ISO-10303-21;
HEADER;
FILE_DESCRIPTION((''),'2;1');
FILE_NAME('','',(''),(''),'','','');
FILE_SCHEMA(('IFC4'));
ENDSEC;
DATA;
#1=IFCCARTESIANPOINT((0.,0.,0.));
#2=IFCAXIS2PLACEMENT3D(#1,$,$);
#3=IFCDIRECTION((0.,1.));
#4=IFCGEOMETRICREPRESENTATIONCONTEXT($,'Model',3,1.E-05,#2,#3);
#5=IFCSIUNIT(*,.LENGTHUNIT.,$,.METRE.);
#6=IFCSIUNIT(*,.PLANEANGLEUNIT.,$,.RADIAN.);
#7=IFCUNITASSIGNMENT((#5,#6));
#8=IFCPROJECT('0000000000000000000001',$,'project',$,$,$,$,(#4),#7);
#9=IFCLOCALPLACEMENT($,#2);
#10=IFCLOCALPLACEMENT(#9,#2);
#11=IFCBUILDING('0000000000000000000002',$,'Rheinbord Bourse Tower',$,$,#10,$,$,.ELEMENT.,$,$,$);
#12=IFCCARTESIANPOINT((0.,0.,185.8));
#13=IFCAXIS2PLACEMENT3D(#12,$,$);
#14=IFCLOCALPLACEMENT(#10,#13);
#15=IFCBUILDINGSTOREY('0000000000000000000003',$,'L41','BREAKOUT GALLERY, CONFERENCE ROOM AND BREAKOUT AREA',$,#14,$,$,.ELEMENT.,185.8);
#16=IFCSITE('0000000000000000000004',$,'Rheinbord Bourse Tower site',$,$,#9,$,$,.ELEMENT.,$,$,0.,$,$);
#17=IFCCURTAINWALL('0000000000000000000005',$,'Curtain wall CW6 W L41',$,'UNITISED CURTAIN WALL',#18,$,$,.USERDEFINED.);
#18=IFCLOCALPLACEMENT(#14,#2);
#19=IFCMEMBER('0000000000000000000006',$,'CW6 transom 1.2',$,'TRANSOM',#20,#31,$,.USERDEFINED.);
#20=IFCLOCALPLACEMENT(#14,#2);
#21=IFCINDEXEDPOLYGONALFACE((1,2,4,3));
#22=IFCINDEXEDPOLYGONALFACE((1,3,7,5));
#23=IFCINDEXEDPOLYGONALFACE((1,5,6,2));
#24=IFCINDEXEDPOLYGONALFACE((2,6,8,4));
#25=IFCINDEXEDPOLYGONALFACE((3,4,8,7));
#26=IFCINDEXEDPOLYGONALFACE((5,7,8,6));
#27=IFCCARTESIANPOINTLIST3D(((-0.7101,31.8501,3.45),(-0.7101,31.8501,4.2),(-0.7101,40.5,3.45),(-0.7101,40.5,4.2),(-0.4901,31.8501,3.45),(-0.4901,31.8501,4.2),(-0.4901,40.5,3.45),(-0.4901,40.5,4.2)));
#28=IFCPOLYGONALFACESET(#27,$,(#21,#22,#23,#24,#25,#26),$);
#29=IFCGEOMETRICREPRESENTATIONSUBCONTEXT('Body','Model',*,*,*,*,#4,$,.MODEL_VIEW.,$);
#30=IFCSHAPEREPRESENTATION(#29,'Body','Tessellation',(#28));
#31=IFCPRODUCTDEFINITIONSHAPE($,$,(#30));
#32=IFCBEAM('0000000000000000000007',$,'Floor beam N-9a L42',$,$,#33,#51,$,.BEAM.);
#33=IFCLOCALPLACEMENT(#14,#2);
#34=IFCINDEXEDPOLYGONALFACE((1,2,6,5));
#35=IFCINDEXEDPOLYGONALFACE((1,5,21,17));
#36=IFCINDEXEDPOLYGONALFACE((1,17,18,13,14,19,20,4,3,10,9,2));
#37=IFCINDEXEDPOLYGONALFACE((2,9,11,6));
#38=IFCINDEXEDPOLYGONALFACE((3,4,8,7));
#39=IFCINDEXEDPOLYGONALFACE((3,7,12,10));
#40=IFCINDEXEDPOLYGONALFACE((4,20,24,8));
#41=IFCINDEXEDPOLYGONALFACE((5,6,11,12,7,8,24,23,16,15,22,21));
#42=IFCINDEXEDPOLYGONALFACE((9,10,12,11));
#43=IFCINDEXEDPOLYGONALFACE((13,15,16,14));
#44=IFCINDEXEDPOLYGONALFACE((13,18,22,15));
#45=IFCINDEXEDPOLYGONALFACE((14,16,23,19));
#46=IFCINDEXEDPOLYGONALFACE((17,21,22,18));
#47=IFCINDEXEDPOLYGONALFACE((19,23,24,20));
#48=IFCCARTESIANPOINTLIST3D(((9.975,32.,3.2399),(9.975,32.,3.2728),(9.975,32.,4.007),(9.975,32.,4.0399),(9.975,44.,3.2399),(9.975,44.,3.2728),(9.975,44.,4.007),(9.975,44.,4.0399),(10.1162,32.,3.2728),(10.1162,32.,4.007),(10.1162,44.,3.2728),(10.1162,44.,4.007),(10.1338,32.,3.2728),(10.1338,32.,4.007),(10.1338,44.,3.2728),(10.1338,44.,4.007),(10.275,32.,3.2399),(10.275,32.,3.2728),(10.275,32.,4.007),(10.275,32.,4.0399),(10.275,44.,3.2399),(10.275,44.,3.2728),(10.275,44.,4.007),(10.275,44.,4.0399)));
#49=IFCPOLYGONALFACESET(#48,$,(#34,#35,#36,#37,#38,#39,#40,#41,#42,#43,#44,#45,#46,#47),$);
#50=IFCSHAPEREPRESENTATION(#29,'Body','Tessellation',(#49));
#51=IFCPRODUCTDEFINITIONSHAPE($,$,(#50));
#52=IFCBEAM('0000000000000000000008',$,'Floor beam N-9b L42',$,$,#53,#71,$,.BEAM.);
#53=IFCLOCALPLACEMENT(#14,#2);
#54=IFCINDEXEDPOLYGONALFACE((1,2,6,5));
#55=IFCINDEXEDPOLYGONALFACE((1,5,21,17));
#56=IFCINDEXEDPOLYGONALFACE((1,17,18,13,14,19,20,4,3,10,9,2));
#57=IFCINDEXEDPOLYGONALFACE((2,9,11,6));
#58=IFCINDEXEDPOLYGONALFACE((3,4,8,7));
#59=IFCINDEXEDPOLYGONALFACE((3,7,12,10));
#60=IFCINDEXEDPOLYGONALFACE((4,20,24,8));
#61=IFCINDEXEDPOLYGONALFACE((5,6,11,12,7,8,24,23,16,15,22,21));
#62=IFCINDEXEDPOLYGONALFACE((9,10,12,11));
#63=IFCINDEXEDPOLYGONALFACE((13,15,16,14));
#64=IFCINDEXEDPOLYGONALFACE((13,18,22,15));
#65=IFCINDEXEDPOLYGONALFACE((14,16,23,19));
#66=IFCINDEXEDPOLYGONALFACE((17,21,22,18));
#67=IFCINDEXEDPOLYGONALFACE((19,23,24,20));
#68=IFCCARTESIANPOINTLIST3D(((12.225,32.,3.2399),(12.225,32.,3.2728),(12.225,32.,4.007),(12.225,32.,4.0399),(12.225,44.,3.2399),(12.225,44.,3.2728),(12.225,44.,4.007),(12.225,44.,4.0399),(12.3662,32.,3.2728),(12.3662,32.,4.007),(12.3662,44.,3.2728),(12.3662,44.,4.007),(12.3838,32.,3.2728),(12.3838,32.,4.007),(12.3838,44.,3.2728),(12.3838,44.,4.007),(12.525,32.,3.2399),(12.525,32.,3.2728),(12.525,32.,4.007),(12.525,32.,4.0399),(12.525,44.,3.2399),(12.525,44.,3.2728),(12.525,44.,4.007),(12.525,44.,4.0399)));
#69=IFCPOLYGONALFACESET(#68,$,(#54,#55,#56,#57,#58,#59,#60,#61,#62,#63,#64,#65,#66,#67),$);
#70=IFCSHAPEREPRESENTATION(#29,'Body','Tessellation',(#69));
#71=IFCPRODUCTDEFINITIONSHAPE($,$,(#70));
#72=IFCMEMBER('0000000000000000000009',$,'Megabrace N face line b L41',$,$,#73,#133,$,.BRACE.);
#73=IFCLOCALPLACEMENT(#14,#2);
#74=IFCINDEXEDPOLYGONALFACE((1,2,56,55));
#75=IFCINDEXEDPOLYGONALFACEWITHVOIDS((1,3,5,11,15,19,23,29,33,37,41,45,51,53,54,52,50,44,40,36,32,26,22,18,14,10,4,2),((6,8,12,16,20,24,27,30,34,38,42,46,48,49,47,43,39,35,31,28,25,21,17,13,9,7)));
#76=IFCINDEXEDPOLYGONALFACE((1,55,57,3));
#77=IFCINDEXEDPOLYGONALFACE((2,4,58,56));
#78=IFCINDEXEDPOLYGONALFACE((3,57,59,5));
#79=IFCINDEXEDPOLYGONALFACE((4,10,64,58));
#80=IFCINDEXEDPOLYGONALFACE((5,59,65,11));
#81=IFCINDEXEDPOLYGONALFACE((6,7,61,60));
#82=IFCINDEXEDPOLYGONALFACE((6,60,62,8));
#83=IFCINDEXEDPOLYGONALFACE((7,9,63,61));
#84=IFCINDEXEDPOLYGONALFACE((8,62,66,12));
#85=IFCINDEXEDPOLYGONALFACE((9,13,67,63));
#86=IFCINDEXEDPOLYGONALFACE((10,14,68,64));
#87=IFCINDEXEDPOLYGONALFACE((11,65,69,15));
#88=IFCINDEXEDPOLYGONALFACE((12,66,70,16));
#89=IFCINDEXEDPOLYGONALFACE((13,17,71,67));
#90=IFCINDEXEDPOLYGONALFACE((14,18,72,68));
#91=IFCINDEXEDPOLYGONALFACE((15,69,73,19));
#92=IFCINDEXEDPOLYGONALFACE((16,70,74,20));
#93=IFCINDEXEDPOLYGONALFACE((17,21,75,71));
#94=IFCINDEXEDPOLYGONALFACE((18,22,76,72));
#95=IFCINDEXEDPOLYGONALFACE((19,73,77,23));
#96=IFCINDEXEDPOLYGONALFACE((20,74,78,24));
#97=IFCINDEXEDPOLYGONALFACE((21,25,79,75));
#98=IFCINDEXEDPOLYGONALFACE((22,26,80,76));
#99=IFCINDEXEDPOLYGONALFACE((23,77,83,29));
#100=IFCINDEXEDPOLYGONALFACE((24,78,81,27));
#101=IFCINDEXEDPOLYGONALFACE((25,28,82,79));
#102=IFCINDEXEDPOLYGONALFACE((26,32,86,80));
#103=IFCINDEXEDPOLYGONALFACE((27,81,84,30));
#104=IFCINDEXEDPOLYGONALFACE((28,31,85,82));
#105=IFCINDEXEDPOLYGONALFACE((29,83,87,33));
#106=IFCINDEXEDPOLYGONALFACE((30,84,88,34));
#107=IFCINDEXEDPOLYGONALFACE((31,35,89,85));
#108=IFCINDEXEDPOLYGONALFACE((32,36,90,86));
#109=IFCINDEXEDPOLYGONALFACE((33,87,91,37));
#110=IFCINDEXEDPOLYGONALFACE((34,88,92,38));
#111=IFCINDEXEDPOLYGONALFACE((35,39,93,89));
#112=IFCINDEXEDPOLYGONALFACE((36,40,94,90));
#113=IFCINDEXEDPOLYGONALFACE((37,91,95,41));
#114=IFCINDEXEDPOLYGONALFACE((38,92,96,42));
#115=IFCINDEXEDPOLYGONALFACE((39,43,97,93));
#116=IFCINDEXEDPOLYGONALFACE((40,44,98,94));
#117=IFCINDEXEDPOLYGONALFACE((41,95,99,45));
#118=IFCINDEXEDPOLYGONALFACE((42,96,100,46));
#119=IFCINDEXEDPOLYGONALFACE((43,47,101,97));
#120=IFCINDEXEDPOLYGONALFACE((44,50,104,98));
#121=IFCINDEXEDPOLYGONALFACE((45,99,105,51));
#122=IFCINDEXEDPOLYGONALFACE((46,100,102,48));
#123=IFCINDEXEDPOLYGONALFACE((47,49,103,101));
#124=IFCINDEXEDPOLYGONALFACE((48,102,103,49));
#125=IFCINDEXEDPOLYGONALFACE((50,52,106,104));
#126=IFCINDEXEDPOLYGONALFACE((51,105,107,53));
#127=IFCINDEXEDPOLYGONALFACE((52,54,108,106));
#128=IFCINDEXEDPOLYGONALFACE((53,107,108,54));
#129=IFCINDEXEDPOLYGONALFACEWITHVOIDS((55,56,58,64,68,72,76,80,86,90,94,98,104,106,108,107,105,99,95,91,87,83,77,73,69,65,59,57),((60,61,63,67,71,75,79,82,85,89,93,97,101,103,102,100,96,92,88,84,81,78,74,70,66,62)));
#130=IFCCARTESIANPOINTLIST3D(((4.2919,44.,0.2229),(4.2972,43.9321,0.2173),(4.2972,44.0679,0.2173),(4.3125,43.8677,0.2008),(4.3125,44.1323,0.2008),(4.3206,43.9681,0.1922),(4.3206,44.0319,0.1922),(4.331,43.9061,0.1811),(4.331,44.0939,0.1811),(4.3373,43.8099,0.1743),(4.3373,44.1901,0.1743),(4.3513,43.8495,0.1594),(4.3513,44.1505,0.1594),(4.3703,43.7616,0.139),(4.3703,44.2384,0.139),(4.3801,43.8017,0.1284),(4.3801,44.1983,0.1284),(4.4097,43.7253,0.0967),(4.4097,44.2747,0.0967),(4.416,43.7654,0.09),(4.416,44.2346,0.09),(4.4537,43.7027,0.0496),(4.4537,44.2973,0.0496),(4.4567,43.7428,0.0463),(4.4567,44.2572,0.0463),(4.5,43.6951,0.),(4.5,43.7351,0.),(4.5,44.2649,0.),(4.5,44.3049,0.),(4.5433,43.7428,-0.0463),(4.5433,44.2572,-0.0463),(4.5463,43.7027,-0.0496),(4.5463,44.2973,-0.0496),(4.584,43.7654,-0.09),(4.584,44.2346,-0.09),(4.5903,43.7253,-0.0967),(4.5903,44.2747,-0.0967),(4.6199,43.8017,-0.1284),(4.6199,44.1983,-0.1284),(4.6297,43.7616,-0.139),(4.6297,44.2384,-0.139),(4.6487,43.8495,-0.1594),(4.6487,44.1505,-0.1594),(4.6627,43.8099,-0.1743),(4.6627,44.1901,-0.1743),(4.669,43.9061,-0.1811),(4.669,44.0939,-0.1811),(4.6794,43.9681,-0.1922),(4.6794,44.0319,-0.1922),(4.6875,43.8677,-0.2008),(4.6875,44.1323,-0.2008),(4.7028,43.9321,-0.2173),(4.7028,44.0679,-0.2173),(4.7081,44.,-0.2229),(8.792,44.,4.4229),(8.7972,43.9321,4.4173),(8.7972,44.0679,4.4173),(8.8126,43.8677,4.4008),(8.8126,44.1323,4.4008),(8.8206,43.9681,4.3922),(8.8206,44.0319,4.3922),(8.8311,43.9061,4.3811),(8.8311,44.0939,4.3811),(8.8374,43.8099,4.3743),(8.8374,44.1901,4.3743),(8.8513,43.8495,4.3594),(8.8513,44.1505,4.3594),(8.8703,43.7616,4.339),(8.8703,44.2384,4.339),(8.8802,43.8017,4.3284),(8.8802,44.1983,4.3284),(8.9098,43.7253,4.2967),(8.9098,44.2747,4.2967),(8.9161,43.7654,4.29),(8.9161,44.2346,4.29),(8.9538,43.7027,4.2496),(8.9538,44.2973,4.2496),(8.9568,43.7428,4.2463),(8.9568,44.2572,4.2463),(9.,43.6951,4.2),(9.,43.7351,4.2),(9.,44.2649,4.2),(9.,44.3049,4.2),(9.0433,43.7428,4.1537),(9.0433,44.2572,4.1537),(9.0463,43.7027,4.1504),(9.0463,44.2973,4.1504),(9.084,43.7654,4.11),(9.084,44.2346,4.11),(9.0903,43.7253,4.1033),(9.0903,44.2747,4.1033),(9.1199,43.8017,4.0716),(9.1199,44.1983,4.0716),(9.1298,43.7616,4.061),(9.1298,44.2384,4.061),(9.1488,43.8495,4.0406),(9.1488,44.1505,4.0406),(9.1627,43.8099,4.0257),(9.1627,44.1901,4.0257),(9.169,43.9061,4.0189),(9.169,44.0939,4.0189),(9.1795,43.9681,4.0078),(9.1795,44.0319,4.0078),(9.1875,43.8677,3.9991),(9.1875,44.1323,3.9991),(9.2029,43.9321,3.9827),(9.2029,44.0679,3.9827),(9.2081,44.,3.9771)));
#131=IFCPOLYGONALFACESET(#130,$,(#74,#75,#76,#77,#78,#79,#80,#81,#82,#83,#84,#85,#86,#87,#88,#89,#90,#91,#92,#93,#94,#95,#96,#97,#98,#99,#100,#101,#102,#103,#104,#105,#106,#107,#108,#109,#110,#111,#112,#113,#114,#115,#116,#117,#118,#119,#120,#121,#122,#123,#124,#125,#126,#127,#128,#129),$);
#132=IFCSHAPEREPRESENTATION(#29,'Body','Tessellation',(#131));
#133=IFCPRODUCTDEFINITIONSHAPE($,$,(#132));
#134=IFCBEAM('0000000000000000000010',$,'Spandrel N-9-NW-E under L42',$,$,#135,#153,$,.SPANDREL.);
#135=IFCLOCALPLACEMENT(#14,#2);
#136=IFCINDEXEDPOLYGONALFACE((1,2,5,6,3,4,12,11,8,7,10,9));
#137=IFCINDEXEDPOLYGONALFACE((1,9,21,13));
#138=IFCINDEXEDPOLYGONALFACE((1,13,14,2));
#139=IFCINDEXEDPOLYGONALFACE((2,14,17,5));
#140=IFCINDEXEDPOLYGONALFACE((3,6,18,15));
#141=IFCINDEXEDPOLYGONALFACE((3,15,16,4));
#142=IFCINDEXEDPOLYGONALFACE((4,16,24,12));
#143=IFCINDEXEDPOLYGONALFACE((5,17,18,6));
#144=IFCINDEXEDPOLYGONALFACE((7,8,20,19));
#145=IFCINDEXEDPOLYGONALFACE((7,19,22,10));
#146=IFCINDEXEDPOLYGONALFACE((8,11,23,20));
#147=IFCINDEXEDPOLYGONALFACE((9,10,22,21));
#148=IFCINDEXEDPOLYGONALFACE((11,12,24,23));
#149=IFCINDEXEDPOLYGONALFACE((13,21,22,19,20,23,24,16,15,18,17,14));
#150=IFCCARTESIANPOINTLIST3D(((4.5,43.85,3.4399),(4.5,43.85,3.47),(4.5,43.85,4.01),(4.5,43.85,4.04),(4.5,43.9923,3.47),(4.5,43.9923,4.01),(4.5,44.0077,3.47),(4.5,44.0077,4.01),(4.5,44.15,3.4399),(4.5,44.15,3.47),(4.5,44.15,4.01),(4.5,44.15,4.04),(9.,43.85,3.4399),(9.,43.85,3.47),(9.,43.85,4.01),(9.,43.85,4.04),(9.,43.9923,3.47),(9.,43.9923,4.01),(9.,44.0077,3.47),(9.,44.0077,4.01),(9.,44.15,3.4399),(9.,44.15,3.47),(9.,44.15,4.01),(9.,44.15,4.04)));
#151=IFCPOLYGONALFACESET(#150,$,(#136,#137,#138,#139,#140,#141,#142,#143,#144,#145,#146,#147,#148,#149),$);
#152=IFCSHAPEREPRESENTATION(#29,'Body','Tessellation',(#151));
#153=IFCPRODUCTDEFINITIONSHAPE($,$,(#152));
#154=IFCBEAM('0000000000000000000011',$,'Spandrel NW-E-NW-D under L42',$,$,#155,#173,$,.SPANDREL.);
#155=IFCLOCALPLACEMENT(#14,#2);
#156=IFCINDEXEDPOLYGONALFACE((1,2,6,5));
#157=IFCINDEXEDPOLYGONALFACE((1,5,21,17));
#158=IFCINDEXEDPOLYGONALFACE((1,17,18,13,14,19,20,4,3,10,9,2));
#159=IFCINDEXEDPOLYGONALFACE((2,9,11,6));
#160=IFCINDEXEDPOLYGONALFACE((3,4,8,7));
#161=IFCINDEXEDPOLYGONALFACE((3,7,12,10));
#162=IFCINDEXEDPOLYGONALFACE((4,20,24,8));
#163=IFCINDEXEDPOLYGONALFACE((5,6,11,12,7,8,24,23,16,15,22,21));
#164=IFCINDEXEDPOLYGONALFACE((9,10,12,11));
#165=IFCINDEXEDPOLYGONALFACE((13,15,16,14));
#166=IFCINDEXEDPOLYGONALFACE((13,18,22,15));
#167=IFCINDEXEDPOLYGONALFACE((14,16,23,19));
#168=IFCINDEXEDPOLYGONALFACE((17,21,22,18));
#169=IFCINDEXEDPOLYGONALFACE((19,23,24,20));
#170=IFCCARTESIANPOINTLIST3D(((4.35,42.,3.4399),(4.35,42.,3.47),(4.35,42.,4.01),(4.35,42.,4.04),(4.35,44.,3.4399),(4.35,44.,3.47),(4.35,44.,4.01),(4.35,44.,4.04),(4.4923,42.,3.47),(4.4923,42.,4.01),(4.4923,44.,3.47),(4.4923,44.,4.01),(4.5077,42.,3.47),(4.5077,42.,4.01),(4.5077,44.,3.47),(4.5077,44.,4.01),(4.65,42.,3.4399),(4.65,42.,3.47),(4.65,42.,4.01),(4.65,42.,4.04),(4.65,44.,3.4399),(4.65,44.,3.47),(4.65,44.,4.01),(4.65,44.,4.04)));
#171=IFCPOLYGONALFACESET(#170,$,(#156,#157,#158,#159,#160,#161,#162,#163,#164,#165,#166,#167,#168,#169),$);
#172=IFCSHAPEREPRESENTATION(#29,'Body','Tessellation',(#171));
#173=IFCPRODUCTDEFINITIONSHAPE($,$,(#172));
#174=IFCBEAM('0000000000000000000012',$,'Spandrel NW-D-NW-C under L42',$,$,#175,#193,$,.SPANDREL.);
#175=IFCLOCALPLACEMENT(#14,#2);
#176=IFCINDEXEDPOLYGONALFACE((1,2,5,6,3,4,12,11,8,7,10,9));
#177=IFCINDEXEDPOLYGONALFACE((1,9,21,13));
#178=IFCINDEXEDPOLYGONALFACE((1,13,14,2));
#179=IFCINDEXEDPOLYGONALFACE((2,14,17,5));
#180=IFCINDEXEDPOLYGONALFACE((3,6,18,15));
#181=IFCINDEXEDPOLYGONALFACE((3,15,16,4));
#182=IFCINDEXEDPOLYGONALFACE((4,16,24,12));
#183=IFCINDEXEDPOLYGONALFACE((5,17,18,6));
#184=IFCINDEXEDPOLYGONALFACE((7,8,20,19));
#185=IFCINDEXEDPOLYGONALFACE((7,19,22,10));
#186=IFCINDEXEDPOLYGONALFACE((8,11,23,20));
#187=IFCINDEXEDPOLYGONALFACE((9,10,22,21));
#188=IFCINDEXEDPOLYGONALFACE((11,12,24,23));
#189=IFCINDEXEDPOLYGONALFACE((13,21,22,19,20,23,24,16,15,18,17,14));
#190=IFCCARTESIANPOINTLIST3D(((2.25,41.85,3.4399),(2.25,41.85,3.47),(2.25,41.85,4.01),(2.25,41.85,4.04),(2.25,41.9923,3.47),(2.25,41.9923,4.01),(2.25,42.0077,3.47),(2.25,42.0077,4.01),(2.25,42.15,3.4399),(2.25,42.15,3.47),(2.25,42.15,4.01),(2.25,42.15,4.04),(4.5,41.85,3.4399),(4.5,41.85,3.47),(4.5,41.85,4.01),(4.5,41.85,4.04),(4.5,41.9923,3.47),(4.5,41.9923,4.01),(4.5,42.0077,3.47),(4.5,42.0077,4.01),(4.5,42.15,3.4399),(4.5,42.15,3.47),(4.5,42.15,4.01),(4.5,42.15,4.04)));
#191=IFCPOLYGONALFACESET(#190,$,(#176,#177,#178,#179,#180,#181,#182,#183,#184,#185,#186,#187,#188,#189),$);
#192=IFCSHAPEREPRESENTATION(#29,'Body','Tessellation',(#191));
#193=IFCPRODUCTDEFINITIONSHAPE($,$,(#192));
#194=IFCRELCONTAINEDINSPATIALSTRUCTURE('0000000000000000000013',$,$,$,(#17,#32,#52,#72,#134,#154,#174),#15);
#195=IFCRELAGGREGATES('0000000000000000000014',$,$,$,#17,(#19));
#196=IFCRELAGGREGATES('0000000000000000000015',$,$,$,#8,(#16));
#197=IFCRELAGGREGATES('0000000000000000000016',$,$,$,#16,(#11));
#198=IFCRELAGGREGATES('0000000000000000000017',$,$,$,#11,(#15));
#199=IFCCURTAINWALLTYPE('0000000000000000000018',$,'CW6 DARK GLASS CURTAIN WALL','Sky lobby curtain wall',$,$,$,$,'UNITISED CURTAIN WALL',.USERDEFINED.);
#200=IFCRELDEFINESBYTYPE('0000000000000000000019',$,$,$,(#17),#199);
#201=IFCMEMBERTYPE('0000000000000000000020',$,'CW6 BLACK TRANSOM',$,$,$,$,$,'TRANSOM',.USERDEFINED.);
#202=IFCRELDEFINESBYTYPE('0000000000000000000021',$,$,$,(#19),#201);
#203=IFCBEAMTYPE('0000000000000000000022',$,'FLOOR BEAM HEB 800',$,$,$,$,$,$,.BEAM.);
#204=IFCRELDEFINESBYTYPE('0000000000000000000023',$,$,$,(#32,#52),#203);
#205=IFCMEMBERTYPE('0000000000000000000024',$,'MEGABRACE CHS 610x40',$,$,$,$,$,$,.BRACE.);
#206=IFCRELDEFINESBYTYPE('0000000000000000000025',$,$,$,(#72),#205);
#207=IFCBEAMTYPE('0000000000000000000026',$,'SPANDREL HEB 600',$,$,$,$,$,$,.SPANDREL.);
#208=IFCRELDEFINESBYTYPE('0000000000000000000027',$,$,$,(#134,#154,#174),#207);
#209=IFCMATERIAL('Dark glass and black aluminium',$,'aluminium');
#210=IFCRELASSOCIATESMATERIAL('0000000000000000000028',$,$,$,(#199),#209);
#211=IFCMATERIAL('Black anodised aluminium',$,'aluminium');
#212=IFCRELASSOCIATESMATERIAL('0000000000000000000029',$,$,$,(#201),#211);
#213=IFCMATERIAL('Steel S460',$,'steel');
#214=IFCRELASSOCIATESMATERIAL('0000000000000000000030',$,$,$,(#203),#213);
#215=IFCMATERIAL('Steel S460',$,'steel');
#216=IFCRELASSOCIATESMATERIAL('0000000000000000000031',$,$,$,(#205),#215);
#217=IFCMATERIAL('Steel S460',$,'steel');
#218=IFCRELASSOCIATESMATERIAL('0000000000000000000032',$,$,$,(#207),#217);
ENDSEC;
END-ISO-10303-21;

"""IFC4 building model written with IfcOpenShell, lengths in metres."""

from ifc_helpers import new_model, si_unit, direction, frame, origin, origin_2d, place, context, subcontext, project, spatial, rectangle, hollow_circle, i_section, extrude, material, material_profile, profile_set, type_object, element, aggregate, save


model = new_model("IFC4")

# Units and contexts
model_context = context("Model", 3, precision=1e-05, world=origin(), true_north=direction((0.0, 1.0)))
body_context = subcontext(model_context, "Body", "Model", "MODEL_VIEW")
ifc_project = project(units=[si_unit("LENGTHUNIT", "METRE"), si_unit("PLANEANGLEUNIT", "RADIAN")], contexts=[model_context])

# Site, building, storey
site_placement = place(None, origin())
site = spatial("IfcSite", under=ifc_project, at=site_placement, Name="Rheinbord Bourse Tower site", CompositionType="ELEMENT", RefElevation=0.0)
building_placement = place(site_placement, origin())
building = spatial("IfcBuilding", under=site, at=building_placement, Name="Rheinbord Bourse Tower", CompositionType="ELEMENT")
storey_placement = place(building_placement, frame((0.0, 0.0, 185.8)))
storey = spatial("IfcBuildingStorey", under=building, at=storey_placement, Name="L41", Description="BREAKOUT GALLERY, CONFERENCE ROOM AND BREAKOUT AREA", CompositionType="ELEMENT", Elevation=185.8)

# Shared definitions
ifc_material_1 = material(Name="Dark glass and black aluminium", Category="aluminium")
curtain_wall_type = type_object("IfcCurtainWallType", Name="CW6 DARK GLASS CURTAIN WALL", Description="Sky lobby curtain wall", ElementType="UNITISED CURTAIN WALL", PredefinedType="USERDEFINED", material=ifc_material_1)

# Curtain wall
curtain_wall_1_placement = place(storey_placement, origin())
curtain_wall_1 = element("IfcCurtainWall", 1, at=curtain_wall_1_placement, inside=storey, type_object=curtain_wall_type, Name="Curtain wall CW6 W L41", ObjectType="UNITISED CURTAIN WALL", PredefinedType="USERDEFINED")

# Member
ifc_material_2 = material(Name="Black anodised aluminium", Category="aluminium")
ifc_material_profile_1 = material_profile(ifc_material_2, rectangle(XDim=0.22, YDim=0.75, at=origin_2d()), Name="CW6 TRANSOM 750x220")
ifc_profile_set_1 = profile_set([ifc_material_profile_1], Name="Black anodised aluminium")
member_type_1 = type_object("IfcMemberType", Name="CW6 BLACK TRANSOM", ElementType="TRANSOM", PredefinedType="USERDEFINED", material=ifc_profile_set_1)
member_1_placement = place(storey_placement, frame((-0.6001, 40.5, 3.825), z_axis=(0.0, -1.0, 0.0), x_axis=(1.0, 0.0, 0.0)))
member_1 = element("IfcMember", 2, at=member_1_placement, type_object=member_type_1, Name="CW6 transom 1.2", ObjectType="TRANSOM", PredefinedType="USERDEFINED", context=body_context, shape_type="SweptSolid", body=[
    extrude(rectangle(XDim=0.22, YDim=0.75, at=origin_2d()), origin(), (0.0, 0.0, 1.0), 8.6499),
])

# Beams
ifc_material_3 = material(Name="Steel S460", Category="steel")
ifc_material_profile_2 = material_profile(ifc_material_3, i_section(OverallWidth=0.3, OverallDepth=0.8, WebThickness=0.0176, FlangeThickness=0.033, at=origin_2d()), Name="HEB 800")
ifc_profile_set_2 = profile_set([ifc_material_profile_2], Name="Steel S460")
beam_type_1 = type_object("IfcBeamType", Name="FLOOR BEAM HEB 800", PredefinedType="BEAM", material=ifc_profile_set_2)
for number, where, z_axis, x_axis, name in (
    (3, (10.125, 44.0, 3.6399), (0.0, -1.0, 0.0), (1.0, 0.0, 0.0), "Floor beam N-9a L42"),
    (4, (12.375, 44.0, 3.6399), (0.0, -1.0, 0.0), (1.0, 0.0, 0.0), "Floor beam N-9b L42"),
):
    element("IfcBeam", number, at=place(storey_placement, frame(where, z_axis=z_axis, x_axis=x_axis)), inside=storey, type_object=beam_type_1, Name=name, PredefinedType="BEAM", context=body_context, shape_type="SweptSolid", body=[
        extrude(i_section(OverallWidth=0.3, OverallDepth=0.8, WebThickness=0.0176, FlangeThickness=0.033, at=origin_2d()), origin(), (0.0, 0.0, 1.0), 12.0),
    ])

# Member
ifc_material_4 = material(Name="Steel S460", Category="steel")
ifc_material_profile_3 = material_profile(ifc_material_4, hollow_circle(Radius=0.3049, WallThickness=0.04, at=origin_2d()), Name="CHS 610x40")
ifc_profile_set_3 = profile_set([ifc_material_profile_3], Name="Steel S460")
member_type_2 = type_object("IfcMemberType", Name="MEGABRACE CHS 610x40", PredefinedType="BRACE", material=ifc_profile_set_3)
member_2_placement = place(storey_placement, frame((4.5, 44.0, 0.0), z_axis=(0.731059, 0.0, 0.682314), x_axis=(0.0, 1.0, 0.0)))
element("IfcMember", 5, at=member_2_placement, inside=storey, type_object=member_type_2, Name="Megabrace N face line b L41", PredefinedType="BRACE", context=body_context, shape_type="SweptSolid", body=[
    extrude(hollow_circle(Radius=0.3049, WallThickness=0.04, at=origin_2d()), origin(), (0.0, 0.0, 1.0), 6.1555),
])

# Beams
ifc_material_5 = material(Name="Steel S460", Category="steel")
ifc_material_profile_4 = material_profile(ifc_material_5, i_section(OverallWidth=0.3, OverallDepth=0.6001, WebThickness=0.0154, FlangeThickness=0.03, at=origin_2d()), Name="HEB 600")
ifc_profile_set_4 = profile_set([ifc_material_profile_4], Name="Steel S460")
beam_type_2 = type_object("IfcBeamType", Name="SPANDREL HEB 600", PredefinedType="SPANDREL", material=ifc_profile_set_4)
beam_1_placement = place(storey_placement, frame((9.0, 44.0, 3.74), z_axis=(-1.0, 0.0, 0.0), x_axis=(0.0, -1.0, 0.0)))
element("IfcBeam", 6, at=beam_1_placement, inside=storey, type_object=beam_type_2, Name="Spandrel N-9-NW-E under L42", PredefinedType="SPANDREL", context=body_context, shape_type="SweptSolid", body=[
    extrude(i_section(OverallWidth=0.3, OverallDepth=0.6001, WebThickness=0.0154, FlangeThickness=0.03, at=origin_2d()), origin(), (0.0, 0.0, 1.0), 4.5),
])
beam_2_placement = place(storey_placement, frame((4.5, 44.0, 3.74), z_axis=(0.0, -1.0, 0.0), x_axis=(1.0, 0.0, 0.0)))
element("IfcBeam", 7, at=beam_2_placement, inside=storey, type_object=beam_type_2, Name="Spandrel NW-E-NW-D under L42", PredefinedType="SPANDREL", context=body_context, shape_type="SweptSolid", body=[
    extrude(i_section(OverallWidth=0.3, OverallDepth=0.6001, WebThickness=0.0154, FlangeThickness=0.03, at=origin_2d()), origin(), (0.0, 0.0, 1.0), 2.0),
])
beam_3_placement = place(storey_placement, frame((4.5, 42.0, 3.74), z_axis=(-1.0, 0.0, 0.0), x_axis=(0.0, -1.0, 0.0)))
element("IfcBeam", 8, at=beam_3_placement, inside=storey, type_object=beam_type_2, Name="Spandrel NW-D-NW-C under L42", PredefinedType="SPANDREL", context=body_context, shape_type="SweptSolid", body=[
    extrude(i_section(OverallWidth=0.3, OverallDepth=0.6001, WebThickness=0.0154, FlangeThickness=0.03, at=origin_2d()), origin(), (0.0, 0.0, 1.0), 2.25),
])

aggregate(curtain_wall_1, [member_1])

save(model, "model.ifc")
